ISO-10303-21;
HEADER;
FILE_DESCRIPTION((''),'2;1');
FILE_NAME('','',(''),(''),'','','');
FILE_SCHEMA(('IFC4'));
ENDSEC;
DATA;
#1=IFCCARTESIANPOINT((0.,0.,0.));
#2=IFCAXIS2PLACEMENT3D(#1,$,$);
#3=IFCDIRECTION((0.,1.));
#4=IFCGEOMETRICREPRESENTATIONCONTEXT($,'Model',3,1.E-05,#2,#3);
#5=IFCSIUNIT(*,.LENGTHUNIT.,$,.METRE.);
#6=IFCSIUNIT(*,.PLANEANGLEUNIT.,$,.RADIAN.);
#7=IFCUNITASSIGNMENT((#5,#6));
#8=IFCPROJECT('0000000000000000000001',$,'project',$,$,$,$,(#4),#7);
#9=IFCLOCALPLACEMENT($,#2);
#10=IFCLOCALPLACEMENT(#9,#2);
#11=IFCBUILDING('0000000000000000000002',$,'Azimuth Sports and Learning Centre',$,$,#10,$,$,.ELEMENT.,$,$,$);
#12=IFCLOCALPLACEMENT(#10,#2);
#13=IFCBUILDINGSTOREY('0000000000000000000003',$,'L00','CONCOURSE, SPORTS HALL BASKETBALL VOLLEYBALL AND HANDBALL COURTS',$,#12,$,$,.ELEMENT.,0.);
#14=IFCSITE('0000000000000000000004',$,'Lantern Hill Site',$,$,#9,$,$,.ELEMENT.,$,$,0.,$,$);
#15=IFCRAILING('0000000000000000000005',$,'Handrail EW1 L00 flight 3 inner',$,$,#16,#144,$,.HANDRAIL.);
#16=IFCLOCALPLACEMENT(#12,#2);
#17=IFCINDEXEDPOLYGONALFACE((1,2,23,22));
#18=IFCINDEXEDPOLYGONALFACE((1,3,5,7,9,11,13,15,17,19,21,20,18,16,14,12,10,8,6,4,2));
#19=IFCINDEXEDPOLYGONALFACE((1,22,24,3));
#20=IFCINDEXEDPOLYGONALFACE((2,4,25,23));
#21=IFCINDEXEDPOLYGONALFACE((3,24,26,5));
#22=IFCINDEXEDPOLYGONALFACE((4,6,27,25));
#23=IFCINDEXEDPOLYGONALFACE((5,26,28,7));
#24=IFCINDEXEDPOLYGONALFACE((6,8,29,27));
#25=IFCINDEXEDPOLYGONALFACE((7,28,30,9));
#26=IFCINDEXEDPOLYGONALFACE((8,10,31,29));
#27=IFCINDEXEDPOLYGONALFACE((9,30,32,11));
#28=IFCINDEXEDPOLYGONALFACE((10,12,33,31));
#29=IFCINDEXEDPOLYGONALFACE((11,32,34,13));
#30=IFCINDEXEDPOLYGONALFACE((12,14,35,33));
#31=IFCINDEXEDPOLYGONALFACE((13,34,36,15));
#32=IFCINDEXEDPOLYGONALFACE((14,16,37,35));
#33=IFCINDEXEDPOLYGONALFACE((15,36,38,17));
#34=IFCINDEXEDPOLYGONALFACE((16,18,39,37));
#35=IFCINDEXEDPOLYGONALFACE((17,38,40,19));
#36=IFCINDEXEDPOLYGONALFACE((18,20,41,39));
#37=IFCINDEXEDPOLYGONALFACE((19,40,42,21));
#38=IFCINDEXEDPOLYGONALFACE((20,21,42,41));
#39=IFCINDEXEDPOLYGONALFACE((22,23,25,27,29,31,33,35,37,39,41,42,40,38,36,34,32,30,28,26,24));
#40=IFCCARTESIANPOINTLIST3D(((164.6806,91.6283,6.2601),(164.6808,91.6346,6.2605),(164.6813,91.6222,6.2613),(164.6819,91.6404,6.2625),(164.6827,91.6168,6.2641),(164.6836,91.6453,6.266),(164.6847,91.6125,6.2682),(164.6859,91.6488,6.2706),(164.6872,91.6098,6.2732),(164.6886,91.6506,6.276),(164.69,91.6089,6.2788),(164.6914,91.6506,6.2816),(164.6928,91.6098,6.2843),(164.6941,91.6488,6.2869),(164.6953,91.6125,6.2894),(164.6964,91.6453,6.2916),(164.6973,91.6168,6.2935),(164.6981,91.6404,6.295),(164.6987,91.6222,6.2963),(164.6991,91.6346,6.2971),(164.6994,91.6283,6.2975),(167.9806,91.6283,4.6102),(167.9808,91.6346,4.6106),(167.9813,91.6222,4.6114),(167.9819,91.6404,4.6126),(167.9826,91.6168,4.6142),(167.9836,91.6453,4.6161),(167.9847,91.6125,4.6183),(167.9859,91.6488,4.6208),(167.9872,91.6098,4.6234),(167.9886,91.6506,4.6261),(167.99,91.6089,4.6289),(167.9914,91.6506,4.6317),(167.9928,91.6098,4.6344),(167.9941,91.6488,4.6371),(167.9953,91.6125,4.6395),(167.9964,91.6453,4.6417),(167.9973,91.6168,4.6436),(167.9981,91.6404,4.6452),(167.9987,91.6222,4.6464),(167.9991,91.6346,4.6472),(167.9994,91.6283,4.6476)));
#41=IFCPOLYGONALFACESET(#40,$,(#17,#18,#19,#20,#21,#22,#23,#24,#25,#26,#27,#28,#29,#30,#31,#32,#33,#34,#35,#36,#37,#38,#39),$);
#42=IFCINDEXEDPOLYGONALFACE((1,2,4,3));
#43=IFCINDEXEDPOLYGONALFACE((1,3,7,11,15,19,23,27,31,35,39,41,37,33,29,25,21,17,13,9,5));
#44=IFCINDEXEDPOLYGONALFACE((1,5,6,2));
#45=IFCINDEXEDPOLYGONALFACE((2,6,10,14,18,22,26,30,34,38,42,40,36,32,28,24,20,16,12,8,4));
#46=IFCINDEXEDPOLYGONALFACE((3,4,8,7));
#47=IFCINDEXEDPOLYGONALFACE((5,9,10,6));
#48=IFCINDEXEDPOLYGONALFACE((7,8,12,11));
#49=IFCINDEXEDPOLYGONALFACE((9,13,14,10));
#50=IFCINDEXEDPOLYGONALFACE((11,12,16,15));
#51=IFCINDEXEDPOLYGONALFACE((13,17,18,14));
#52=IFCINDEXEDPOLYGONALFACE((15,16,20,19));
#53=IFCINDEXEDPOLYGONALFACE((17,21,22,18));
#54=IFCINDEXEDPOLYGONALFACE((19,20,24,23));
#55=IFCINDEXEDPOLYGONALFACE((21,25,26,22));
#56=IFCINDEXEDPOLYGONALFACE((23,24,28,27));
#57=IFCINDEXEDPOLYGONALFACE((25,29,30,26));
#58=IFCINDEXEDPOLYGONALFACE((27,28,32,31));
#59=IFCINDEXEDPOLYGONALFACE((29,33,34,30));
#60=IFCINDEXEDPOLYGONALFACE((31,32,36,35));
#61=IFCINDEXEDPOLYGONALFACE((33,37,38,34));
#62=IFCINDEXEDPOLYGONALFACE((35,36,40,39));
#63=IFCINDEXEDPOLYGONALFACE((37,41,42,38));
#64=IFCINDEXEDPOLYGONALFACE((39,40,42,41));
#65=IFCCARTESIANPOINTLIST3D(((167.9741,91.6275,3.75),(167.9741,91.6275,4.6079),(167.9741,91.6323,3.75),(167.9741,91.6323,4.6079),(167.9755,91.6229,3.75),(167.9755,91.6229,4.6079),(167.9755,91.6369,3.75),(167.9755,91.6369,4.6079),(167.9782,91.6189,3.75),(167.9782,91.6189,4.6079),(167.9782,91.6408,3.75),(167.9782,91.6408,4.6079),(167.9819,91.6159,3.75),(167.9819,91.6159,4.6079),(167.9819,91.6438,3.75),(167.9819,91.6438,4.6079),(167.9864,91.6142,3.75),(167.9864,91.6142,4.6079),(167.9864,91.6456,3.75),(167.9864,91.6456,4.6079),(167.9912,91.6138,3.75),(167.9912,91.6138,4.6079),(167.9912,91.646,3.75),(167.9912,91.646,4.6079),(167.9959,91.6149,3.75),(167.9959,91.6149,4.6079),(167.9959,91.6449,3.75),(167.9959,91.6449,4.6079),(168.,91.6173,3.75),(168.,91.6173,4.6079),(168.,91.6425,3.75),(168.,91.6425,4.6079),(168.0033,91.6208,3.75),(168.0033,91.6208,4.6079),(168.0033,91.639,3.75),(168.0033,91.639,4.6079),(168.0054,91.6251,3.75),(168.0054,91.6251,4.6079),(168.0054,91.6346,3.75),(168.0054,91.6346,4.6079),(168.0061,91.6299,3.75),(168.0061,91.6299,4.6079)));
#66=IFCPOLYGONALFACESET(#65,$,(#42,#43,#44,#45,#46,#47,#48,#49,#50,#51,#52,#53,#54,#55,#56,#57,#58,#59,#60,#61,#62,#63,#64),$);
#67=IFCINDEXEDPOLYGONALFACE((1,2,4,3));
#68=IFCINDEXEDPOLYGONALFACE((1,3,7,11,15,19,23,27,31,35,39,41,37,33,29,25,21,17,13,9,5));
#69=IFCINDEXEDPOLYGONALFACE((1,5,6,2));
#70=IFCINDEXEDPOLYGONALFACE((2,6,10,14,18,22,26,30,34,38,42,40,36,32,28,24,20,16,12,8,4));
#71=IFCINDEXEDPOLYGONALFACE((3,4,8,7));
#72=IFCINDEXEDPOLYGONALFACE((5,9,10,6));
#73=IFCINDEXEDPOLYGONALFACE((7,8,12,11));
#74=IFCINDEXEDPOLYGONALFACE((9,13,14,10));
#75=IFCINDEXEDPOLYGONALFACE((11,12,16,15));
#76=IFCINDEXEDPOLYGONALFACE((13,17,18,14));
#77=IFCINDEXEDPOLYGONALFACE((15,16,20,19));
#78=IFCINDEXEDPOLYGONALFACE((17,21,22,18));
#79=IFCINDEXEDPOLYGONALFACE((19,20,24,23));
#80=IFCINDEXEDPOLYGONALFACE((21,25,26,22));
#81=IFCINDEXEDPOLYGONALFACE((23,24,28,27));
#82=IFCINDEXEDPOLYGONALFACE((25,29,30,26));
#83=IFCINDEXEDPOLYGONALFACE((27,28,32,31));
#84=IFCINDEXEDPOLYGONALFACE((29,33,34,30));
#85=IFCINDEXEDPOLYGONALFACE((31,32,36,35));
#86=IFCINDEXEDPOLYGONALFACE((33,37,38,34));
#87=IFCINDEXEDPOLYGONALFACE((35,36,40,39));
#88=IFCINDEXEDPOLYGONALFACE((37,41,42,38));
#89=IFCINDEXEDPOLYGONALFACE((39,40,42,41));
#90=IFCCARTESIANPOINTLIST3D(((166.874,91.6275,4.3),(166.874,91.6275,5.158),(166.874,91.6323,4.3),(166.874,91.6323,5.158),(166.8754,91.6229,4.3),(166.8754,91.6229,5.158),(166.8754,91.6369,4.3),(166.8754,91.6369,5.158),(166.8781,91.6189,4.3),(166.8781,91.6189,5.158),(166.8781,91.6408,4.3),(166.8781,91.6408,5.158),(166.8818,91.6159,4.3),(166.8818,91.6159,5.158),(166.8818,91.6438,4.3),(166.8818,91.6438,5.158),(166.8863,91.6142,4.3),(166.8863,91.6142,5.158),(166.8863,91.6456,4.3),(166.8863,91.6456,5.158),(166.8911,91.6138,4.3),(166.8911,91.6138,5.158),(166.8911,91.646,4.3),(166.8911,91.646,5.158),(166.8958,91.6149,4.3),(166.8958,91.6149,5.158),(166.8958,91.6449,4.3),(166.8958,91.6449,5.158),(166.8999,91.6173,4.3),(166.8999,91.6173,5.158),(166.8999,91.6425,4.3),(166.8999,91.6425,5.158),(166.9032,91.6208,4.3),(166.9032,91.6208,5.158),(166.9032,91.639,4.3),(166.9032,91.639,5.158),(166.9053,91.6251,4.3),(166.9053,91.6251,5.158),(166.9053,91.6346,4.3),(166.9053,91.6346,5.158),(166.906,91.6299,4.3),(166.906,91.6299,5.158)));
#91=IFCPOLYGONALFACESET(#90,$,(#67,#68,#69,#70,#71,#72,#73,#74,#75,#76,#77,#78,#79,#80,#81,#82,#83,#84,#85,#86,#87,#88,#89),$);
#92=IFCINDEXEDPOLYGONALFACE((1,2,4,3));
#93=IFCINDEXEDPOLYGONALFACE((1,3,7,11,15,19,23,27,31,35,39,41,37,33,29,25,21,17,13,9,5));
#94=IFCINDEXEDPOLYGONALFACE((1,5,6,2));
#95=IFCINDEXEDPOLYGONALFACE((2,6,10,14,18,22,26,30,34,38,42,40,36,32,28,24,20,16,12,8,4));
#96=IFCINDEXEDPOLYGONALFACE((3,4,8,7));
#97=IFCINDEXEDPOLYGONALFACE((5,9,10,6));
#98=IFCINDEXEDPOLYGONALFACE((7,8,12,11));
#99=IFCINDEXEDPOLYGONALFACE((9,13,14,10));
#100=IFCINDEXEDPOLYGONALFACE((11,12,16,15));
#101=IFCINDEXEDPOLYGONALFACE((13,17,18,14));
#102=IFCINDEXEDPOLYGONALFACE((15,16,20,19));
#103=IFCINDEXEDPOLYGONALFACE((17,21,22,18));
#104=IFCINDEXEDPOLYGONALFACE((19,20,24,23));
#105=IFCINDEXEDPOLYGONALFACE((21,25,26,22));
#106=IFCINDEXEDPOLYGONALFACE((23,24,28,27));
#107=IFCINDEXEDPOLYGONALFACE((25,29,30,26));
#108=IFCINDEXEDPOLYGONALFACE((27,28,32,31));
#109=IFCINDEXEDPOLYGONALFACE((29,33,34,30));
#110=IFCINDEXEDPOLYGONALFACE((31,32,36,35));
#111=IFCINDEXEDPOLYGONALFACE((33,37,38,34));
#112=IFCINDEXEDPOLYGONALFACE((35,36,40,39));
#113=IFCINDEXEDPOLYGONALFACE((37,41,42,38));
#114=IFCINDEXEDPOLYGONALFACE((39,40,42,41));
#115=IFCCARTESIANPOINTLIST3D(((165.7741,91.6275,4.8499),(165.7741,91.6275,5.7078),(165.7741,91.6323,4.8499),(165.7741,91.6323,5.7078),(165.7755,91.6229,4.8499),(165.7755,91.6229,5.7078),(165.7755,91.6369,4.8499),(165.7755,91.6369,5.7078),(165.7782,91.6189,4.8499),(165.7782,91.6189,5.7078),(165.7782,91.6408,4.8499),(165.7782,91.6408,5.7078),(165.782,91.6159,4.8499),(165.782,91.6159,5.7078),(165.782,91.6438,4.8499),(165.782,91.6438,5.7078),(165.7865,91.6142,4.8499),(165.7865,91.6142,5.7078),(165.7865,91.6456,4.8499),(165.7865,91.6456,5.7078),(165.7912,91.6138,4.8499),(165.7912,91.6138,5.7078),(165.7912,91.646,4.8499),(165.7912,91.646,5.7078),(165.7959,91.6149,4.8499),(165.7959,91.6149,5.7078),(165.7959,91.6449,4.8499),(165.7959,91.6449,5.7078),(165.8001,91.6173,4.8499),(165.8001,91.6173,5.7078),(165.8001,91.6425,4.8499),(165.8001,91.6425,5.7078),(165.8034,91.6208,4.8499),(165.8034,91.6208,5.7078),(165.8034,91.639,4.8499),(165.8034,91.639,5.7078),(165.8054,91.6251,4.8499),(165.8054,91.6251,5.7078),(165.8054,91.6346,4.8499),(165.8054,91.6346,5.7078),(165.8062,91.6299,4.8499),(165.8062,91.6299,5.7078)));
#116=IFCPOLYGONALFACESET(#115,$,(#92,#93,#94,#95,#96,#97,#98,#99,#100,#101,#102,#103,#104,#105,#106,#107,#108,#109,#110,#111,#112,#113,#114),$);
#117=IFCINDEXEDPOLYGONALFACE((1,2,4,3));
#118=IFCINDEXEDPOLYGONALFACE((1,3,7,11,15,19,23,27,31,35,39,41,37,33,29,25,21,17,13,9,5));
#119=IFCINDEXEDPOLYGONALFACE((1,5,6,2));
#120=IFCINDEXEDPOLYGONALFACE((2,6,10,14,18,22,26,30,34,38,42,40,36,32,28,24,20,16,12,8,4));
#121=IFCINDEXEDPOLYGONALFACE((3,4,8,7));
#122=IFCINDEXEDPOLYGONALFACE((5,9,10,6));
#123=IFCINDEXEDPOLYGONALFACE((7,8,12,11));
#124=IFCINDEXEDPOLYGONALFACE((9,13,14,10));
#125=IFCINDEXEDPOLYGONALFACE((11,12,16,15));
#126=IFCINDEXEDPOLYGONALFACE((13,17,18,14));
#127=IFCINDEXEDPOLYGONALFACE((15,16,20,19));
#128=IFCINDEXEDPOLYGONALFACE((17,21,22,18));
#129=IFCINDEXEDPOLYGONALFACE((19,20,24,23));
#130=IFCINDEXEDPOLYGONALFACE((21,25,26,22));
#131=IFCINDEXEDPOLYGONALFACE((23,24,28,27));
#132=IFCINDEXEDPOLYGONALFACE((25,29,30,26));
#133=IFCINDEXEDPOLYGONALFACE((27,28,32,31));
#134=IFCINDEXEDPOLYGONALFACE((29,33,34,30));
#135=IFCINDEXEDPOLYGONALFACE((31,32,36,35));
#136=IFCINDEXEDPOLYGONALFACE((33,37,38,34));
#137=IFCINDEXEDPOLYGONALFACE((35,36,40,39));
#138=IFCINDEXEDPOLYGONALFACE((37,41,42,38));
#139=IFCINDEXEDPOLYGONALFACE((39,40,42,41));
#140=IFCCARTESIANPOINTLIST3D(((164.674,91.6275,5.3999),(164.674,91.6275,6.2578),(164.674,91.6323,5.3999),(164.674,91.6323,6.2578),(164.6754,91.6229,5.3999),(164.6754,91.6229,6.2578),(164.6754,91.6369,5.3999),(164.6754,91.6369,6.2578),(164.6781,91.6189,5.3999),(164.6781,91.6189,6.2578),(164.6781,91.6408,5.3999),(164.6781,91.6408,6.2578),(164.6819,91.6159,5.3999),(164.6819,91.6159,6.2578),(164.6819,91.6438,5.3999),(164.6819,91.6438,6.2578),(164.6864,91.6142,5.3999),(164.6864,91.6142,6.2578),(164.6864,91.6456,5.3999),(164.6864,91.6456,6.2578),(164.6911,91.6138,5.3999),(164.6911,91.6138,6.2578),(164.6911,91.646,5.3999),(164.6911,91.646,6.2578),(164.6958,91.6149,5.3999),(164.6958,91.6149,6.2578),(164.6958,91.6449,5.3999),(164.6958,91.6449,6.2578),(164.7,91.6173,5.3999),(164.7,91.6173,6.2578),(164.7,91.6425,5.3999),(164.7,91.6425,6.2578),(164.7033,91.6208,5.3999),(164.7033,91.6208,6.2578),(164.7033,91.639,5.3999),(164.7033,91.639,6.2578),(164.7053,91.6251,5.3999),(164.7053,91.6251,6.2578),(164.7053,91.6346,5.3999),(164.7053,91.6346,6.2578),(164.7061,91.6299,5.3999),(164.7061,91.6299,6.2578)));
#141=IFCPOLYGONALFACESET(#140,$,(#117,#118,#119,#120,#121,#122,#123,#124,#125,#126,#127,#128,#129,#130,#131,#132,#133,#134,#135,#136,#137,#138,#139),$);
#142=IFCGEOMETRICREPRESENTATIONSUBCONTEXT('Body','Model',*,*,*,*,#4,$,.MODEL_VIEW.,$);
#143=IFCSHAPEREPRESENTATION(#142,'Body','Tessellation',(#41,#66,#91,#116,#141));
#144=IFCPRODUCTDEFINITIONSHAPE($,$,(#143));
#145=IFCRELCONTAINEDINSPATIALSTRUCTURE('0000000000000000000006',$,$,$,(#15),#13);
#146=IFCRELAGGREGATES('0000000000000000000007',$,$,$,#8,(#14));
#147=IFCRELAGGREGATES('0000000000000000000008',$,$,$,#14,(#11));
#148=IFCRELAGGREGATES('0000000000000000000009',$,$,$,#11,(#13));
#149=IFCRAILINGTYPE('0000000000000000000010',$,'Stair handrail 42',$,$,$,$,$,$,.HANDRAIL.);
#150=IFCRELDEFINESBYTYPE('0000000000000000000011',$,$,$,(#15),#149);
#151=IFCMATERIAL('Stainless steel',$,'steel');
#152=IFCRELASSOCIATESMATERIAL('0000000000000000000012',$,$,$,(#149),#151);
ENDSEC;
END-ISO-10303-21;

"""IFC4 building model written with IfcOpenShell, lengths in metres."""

from ifc_helpers import new_model, si_unit, direction, frame, origin, origin_2d, place, context, subcontext, project, spatial, circle, extrude, material, type_object, element, save


model = new_model("IFC4")

# Units and contexts
model_context = context("Model", 3, precision=1e-05, world=origin(), true_north=direction((0.0, 1.0)))
body_context = subcontext(model_context, "Body", "Model", "MODEL_VIEW")
ifc_project = project(units=[si_unit("LENGTHUNIT", "METRE"), si_unit("PLANEANGLEUNIT", "RADIAN")], contexts=[model_context])

# Site, building, storey
site_placement = place(None, origin())
site = spatial("IfcSite", under=ifc_project, at=site_placement, Name="Lantern Hill Site", CompositionType="ELEMENT", RefElevation=0.0)
building_placement = place(site_placement, origin())
building = spatial("IfcBuilding", under=site, at=building_placement, Name="Azimuth Sports and Learning Centre", CompositionType="ELEMENT")
storey_placement = place(building_placement, origin())
storey = spatial("IfcBuildingStorey", under=building, at=storey_placement, Name="L00", Description="CONCOURSE, SPORTS HALL BASKETBALL VOLLEYBALL AND HANDBALL COURTS", CompositionType="ELEMENT", Elevation=0.0)

# Railing
ifc_material_1 = material(Name="Stainless steel", Category="steel")
railing_type_1 = type_object("IfcRailingType", Name="Stair handrail 42", PredefinedType="HANDRAIL", material=ifc_material_1)
for number, where, name in (
    (1, (167.99, 91.6299, 3.75), "Handrail EW1 L00 flight 3 inner"),
):
    element("IfcRailing", number, at=place(storey_placement, frame(where)), inside=storey, type_object=railing_type_1, Name=name, PredefinedType="HANDRAIL", context=body_context, shape_type="SweptSolid", body=[
        extrude(circle(Radius=0.021, at=origin_2d()), frame((0.0, 0.0, 0.8789), z_axis=(-0.89444, 0.0, 0.447187), x_axis=(0.0, -1.0, 0.0)), (0.0, 0.0, 1.0), 3.6895),
        extrude(circle(Radius=0.0161, at=origin_2d()), origin(), (0.0, 0.0, 1.0), 0.8579),
        extrude(circle(Radius=0.0161, at=origin_2d()), frame((-1.1001, 0.0, 0.55)), (0.0, 0.0, 1.0), 0.8579),
        extrude(circle(Radius=0.0161, at=origin_2d()), frame((-2.2, 0.0, 1.0999)), (0.0, 0.0, 1.0), 0.8579),
        extrude(circle(Radius=0.0161, at=origin_2d()), frame((-3.3, 0.0, 1.6499)), (0.0, 0.0, 1.0), 0.8579),
    ])

save(model, "model.ifc")
